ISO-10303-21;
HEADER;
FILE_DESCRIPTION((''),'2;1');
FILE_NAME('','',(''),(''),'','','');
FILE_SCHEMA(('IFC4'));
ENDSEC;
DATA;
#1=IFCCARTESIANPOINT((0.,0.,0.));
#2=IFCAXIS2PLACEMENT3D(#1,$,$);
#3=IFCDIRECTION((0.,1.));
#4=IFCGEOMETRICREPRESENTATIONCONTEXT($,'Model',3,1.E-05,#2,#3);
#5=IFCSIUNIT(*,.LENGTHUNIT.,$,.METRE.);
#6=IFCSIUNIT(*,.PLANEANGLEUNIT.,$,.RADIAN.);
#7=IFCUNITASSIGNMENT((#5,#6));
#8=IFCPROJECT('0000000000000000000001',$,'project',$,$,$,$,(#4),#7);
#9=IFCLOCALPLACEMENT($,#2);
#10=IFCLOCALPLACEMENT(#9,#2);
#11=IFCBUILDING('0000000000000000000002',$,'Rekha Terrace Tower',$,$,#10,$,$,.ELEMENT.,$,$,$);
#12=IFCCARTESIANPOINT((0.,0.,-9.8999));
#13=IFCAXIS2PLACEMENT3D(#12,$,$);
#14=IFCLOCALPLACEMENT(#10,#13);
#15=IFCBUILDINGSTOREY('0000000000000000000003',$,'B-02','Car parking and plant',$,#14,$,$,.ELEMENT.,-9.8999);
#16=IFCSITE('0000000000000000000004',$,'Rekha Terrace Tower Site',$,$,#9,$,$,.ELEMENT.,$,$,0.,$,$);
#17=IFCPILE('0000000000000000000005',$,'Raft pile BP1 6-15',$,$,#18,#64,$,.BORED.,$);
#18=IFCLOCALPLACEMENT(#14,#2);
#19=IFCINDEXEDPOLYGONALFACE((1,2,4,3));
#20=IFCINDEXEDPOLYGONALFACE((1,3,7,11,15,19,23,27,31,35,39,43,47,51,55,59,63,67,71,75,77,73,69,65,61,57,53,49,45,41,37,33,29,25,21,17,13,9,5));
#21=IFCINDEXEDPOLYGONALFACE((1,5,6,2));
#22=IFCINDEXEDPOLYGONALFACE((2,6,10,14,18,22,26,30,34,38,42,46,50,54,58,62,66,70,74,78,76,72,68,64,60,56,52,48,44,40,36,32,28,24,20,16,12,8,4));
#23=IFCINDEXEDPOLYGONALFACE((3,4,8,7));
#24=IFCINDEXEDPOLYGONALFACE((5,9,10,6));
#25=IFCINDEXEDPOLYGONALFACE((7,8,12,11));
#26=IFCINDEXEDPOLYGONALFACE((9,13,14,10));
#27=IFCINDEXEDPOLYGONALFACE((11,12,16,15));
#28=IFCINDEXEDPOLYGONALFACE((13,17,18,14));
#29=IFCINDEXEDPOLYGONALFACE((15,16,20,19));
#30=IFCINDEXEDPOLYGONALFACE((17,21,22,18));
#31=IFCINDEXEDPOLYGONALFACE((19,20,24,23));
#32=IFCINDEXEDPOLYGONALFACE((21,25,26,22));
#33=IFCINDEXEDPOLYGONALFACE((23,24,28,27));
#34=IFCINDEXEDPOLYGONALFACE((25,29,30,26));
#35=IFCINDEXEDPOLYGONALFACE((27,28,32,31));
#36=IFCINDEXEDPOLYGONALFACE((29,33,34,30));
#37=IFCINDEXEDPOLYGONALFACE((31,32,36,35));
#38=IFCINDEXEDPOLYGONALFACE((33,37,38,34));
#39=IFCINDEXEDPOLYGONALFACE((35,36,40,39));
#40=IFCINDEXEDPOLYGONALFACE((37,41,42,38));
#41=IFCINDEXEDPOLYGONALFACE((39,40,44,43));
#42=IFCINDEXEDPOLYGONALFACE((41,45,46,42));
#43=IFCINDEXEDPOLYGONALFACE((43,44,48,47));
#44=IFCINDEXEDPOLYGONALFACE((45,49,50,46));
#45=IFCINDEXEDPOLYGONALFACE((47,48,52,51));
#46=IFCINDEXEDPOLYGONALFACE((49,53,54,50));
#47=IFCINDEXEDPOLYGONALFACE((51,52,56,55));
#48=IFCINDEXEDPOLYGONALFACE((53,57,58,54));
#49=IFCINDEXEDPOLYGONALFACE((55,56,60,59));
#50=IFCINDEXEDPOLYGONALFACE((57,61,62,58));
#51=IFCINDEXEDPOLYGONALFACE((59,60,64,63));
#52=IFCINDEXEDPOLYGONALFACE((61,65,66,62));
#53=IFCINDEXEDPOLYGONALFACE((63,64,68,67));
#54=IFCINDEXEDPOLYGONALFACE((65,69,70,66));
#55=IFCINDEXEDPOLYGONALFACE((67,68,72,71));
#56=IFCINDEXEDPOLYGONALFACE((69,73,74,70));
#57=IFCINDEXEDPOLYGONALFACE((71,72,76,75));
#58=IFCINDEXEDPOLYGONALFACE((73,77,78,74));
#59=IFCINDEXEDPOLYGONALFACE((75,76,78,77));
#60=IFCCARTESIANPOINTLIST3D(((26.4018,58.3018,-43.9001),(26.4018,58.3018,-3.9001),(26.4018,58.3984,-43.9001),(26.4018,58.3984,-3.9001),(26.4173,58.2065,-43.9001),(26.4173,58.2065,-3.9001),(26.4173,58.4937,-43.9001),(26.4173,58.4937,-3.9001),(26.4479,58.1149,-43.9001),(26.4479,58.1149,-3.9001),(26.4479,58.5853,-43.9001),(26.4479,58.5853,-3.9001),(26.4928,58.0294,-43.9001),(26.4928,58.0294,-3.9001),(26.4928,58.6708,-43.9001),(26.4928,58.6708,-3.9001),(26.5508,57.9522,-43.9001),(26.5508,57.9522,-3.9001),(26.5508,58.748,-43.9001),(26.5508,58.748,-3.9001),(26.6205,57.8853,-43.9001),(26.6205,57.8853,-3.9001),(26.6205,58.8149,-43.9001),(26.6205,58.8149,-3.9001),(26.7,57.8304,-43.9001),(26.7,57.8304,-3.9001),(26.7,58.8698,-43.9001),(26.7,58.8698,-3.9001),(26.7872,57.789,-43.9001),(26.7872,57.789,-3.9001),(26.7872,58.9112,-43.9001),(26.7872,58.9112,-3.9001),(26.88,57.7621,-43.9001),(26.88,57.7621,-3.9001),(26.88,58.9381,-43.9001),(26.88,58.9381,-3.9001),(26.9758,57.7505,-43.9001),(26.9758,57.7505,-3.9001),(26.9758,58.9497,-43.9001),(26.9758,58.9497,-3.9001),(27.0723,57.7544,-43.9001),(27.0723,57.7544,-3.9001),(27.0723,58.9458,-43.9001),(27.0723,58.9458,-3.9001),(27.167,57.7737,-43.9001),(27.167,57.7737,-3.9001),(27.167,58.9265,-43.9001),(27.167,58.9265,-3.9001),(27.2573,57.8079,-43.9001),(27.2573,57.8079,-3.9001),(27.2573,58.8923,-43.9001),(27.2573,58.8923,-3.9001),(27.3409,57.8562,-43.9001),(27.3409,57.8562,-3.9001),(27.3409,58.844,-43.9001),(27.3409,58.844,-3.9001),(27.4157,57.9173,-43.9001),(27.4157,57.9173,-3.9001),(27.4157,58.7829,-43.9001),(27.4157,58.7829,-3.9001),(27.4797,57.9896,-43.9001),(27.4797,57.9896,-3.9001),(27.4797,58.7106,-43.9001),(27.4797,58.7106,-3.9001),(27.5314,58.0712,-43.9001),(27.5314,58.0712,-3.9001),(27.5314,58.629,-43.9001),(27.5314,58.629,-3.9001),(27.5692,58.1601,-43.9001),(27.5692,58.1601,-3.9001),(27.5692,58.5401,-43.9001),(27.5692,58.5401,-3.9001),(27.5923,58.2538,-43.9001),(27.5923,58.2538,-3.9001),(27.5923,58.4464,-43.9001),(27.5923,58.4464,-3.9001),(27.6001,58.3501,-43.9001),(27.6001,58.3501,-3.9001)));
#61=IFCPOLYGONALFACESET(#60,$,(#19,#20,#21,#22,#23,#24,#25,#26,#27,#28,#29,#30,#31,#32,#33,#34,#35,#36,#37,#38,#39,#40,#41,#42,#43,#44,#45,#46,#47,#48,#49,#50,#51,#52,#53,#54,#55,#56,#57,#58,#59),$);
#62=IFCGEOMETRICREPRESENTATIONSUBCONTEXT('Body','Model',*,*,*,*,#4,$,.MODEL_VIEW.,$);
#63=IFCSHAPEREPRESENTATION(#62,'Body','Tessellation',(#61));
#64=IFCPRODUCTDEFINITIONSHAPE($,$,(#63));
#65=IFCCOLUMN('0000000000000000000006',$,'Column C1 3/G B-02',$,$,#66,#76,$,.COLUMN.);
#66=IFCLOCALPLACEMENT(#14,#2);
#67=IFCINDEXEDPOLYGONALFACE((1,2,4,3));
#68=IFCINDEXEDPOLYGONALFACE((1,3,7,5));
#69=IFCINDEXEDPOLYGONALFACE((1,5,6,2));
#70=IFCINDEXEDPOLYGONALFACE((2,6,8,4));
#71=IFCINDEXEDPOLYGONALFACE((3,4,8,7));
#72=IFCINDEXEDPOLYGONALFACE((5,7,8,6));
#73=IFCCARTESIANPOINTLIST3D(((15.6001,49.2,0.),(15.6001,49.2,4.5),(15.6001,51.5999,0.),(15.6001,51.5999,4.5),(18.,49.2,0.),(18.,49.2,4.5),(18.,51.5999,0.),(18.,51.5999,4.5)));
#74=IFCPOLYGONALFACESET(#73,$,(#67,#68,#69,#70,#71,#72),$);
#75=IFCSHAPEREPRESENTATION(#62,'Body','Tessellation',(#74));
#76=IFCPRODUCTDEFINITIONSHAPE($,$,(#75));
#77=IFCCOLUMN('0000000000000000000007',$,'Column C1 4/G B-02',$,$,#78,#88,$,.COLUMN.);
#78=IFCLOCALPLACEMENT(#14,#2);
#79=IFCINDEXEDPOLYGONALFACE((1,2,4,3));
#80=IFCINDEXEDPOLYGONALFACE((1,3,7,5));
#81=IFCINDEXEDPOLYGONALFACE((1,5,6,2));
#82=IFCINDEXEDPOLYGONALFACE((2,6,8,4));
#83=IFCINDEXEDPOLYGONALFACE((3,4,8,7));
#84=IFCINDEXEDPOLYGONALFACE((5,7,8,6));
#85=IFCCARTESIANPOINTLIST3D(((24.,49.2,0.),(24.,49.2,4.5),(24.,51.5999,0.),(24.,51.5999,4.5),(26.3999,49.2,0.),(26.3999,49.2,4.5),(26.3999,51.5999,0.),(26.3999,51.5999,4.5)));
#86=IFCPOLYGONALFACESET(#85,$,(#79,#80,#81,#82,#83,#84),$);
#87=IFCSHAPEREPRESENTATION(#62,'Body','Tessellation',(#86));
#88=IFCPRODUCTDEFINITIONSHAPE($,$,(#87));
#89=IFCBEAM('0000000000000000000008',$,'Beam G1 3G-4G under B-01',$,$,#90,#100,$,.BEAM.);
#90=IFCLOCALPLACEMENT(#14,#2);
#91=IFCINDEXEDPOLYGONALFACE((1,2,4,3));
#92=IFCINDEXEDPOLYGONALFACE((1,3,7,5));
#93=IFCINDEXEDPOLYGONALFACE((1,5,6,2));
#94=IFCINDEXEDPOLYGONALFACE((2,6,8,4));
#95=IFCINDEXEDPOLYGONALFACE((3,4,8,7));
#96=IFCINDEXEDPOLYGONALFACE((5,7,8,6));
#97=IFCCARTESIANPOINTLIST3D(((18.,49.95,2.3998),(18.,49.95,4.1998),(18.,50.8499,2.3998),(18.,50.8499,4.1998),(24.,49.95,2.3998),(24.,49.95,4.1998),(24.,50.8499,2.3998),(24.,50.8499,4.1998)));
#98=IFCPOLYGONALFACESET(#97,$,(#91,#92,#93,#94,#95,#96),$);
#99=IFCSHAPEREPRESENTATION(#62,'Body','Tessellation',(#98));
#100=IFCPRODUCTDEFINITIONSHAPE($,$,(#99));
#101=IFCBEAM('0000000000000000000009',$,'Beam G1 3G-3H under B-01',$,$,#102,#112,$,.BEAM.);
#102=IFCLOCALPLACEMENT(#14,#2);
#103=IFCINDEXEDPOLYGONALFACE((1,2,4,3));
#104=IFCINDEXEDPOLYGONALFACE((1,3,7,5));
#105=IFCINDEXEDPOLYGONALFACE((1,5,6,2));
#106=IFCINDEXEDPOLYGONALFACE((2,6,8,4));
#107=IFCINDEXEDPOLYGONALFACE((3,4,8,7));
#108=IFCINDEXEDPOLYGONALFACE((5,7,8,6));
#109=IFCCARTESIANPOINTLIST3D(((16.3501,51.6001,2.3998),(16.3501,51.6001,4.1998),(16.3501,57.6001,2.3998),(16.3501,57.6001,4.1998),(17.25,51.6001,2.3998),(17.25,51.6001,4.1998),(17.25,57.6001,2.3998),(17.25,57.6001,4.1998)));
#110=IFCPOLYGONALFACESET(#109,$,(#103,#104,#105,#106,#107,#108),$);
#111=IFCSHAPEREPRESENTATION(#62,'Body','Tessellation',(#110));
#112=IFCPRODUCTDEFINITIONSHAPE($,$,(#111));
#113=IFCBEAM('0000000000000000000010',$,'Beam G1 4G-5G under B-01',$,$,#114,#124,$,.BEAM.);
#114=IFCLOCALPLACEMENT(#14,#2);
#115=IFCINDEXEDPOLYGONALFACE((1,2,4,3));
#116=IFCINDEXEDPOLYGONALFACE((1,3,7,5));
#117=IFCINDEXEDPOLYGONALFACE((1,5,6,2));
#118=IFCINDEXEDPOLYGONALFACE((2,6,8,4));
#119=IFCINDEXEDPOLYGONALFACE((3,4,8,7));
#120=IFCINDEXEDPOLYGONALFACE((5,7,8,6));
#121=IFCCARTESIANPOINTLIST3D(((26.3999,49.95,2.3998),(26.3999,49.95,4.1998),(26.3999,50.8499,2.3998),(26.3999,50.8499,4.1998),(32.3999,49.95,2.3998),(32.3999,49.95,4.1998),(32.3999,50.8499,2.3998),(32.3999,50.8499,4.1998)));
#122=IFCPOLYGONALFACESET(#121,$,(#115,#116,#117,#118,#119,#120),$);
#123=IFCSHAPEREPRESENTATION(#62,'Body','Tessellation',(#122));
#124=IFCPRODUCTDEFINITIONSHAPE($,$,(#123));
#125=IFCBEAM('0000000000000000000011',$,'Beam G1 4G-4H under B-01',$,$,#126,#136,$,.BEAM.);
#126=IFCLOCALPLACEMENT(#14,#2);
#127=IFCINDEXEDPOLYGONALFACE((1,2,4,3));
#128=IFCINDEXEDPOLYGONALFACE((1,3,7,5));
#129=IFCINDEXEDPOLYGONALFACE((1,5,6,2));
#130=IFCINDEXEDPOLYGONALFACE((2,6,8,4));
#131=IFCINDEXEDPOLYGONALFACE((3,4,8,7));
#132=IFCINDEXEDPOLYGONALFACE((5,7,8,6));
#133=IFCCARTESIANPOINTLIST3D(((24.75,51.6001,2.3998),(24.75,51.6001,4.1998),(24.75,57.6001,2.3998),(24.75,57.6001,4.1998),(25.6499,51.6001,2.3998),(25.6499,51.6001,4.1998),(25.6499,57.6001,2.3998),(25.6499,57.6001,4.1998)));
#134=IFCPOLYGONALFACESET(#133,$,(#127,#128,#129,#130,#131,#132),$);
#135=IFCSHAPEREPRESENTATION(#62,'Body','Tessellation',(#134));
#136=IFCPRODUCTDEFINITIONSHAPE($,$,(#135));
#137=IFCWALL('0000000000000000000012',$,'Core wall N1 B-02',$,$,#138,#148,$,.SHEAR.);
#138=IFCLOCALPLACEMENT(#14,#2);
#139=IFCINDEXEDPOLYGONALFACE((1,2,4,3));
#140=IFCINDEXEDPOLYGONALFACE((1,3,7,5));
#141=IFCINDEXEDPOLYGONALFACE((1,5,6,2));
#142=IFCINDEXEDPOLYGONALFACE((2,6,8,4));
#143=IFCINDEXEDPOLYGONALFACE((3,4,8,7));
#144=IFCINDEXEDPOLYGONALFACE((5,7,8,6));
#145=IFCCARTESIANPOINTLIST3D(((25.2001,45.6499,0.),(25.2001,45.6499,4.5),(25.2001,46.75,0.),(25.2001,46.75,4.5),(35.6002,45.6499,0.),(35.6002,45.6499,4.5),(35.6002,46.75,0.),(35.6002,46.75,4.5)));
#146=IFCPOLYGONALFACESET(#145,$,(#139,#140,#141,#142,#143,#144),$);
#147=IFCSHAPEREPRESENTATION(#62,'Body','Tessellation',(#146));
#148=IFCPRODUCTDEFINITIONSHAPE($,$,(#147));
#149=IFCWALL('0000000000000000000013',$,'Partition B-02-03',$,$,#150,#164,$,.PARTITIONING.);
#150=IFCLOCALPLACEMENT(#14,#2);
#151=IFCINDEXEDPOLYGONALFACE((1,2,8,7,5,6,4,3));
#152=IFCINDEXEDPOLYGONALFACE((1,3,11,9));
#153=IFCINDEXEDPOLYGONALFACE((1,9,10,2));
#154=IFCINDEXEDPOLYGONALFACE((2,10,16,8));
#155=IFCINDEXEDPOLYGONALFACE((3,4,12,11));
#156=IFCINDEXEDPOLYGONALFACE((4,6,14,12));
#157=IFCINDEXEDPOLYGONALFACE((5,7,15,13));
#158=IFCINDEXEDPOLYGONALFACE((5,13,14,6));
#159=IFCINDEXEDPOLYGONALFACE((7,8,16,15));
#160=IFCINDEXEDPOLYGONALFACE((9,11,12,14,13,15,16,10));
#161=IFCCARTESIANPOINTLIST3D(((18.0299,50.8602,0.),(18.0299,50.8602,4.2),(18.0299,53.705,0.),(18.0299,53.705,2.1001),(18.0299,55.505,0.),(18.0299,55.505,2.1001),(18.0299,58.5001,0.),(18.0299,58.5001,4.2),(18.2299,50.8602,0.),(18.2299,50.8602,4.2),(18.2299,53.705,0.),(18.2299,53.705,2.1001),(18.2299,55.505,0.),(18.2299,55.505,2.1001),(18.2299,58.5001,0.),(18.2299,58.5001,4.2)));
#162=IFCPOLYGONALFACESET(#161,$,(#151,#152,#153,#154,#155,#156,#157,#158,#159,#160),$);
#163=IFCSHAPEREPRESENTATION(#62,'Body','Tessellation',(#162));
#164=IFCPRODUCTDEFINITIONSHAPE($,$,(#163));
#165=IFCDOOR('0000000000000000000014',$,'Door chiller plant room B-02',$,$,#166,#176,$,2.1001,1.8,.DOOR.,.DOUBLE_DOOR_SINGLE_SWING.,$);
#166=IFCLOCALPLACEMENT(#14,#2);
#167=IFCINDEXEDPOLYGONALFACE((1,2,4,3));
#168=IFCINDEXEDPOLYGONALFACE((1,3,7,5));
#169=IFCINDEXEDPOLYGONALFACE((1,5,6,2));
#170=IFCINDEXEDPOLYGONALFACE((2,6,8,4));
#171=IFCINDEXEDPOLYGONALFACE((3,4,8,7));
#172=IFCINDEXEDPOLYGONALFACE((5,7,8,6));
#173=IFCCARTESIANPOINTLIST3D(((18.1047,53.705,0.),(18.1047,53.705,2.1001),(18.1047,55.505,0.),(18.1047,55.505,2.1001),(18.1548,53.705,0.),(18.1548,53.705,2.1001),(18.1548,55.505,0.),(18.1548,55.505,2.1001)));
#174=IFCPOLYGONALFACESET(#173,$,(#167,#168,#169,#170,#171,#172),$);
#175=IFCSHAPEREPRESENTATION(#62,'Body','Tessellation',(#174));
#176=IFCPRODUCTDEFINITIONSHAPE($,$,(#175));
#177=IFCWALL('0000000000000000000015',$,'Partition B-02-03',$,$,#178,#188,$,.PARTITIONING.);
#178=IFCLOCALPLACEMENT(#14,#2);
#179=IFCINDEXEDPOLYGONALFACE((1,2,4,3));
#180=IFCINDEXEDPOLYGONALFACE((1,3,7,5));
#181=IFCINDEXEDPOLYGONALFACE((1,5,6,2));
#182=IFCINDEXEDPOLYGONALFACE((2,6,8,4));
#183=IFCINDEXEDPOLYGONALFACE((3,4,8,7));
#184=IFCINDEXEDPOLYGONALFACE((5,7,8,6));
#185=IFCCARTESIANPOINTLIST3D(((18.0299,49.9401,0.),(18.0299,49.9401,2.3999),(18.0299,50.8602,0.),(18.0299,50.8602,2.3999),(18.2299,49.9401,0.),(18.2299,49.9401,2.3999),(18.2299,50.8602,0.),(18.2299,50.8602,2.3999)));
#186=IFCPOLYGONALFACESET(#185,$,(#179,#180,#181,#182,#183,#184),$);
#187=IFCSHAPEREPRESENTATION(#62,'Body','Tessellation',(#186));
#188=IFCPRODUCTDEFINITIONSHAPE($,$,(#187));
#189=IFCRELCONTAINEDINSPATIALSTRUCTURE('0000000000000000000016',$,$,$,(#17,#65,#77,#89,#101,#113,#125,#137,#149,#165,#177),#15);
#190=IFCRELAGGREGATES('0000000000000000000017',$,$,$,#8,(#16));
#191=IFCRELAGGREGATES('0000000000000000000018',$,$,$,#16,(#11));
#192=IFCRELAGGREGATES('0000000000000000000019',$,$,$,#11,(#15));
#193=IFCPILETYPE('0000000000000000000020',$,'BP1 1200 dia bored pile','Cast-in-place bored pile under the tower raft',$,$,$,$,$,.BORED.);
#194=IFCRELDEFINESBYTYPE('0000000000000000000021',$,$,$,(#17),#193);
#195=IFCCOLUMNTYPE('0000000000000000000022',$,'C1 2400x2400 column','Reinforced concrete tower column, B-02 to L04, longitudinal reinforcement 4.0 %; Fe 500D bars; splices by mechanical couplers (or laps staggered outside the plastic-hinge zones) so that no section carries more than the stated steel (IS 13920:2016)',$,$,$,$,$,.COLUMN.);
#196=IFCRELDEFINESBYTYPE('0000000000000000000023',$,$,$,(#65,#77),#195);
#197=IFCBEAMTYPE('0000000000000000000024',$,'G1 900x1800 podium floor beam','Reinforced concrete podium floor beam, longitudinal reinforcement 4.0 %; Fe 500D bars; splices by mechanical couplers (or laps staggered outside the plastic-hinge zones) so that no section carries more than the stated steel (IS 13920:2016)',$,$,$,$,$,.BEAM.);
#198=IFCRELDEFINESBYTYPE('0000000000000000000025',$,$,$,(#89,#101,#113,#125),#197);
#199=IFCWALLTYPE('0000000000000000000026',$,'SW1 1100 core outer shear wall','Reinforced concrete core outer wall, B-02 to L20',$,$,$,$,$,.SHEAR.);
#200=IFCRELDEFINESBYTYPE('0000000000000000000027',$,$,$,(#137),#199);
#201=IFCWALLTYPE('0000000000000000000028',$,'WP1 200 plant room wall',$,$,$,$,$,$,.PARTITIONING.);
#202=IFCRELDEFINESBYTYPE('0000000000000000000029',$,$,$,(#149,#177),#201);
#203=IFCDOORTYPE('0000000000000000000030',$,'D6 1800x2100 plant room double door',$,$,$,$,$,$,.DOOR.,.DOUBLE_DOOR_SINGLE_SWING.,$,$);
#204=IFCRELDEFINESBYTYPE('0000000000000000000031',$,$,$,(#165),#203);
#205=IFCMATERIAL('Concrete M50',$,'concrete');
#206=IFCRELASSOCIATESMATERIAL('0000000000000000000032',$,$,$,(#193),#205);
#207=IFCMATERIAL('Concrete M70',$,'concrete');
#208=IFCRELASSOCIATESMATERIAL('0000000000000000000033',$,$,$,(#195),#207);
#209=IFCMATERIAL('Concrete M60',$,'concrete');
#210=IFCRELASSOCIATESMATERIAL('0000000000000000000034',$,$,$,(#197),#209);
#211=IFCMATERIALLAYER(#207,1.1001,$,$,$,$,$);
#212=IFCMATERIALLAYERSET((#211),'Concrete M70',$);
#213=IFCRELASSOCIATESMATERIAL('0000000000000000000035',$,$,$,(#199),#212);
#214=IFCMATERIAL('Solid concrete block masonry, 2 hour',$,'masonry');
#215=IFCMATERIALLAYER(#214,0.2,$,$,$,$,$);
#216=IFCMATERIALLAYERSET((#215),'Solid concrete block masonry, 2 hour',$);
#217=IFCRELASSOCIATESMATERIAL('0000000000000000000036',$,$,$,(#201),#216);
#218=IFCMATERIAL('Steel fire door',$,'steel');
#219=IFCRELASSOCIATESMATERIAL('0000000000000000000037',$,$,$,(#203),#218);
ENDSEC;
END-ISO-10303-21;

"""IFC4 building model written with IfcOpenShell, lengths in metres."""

from ifc_helpers import new_model, si_unit, direction, frame, frame_2d, origin, origin_2d, place, context, subcontext, project, spatial, rectangle, circle, extrude, material, layer, layer_set, material_profile, profile_set, type_object, element, fill, save


model = new_model("IFC4")

# Units and contexts
model_context = context("Model", 3, precision=1e-05, world=origin(), true_north=direction((0.0, 1.0)))
body_context = subcontext(model_context, "Body", "Model", "MODEL_VIEW")
ifc_project = project(units=[si_unit("LENGTHUNIT", "METRE"), si_unit("PLANEANGLEUNIT", "RADIAN")], contexts=[model_context])

# Site, building, storey
site_placement = place(None, origin())
site = spatial("IfcSite", under=ifc_project, at=site_placement, Name="Rekha Terrace Tower Site", CompositionType="ELEMENT", RefElevation=0.0)
building_placement = place(site_placement, origin())
building = spatial("IfcBuilding", under=site, at=building_placement, Name="Rekha Terrace Tower", CompositionType="ELEMENT")
storey_placement = place(building_placement, frame((0.0, 0.0, -9.8999)))
storey = spatial("IfcBuildingStorey", under=building, at=storey_placement, Name="B-02", Description="Car parking and plant", CompositionType="ELEMENT", Elevation=-9.8999)

# Pile
ifc_material_1 = material(Name="Concrete M50", Category="concrete")
pile_type = type_object("IfcPileType", Name="BP1 1200 dia bored pile", Description="Cast-in-place bored pile under the tower raft", PredefinedType="BORED", material=ifc_material_1)
for number, where, z_axis, x_axis, name in (
    (1, (27.0, 58.3501, -3.9001), (0.0, 0.0, -1.0), (1.0, 0.0, 0.0), "Raft pile BP1 6-15"),
):
    element("IfcPile", number, at=place(storey_placement, frame(where, z_axis=z_axis, x_axis=x_axis)), inside=storey, type_object=pile_type, Name=name, PredefinedType="BORED", context=body_context, shape_type="SweptSolid", body=[
        extrude(circle(Radius=0.6001, at=origin_2d()), origin(), (0.0, 0.0, 1.0), 40.0),
    ])

# Columns
ifc_material_2 = material(Name="Concrete M70", Category="concrete")
ifc_material_profile_1 = material_profile(ifc_material_2, rectangle(XDim=2.3999, YDim=2.3999, at=origin_2d()), Name="RC 2400x2400")
ifc_profile_set_1 = profile_set([ifc_material_profile_1], Name="Concrete M70")
column_type = type_object("IfcColumnType", Name="C1 2400x2400 column", Description="Reinforced concrete tower column, B-02 to L04, longitudinal reinforcement 4.0 %; Fe 500D bars; splices by mechanical couplers (or laps staggered outside the plastic-hinge zones) so that no section carries more than the stated steel (IS 13920:2016)", PredefinedType="COLUMN", material=ifc_profile_set_1)
for number, where, z_axis, x_axis, name in (
    (2, (16.8, 50.3999, 0.0), (0.0, 0.0, 1.0), (1.0, 0.0, 0.0), "Column C1 3/G B-02"),
    (3, (25.2, 50.3999, 0.0), (0.0, 0.0, 1.0), (1.0, 0.0, 0.0), "Column C1 4/G B-02"),
):
    element("IfcColumn", number, at=place(storey_placement, frame(where, z_axis=z_axis, x_axis=x_axis)), inside=storey, type_object=column_type, Name=name, PredefinedType="COLUMN", context=body_context, shape_type="SweptSolid", body=[
        extrude(rectangle(XDim=2.3999, YDim=2.3999, at=origin_2d()), origin(), (0.0, 0.0, 1.0), 4.5),
    ])

# Beams
ifc_material_3 = material(Name="Concrete M60", Category="concrete")
ifc_material_profile_2 = material_profile(ifc_material_3, rectangle(XDim=0.8999, YDim=1.8, at=origin_2d()), Name="RC 900x1800")
ifc_profile_set_2 = profile_set([ifc_material_profile_2], Name="Concrete M60")
beam_type = type_object("IfcBeamType", Name="G1 900x1800 podium floor beam", Description="Reinforced concrete podium floor beam, longitudinal reinforcement 4.0 %; Fe 500D bars; splices by mechanical couplers (or laps staggered outside the plastic-hinge zones) so that no section carries more than the stated steel (IS 13920:2016)", PredefinedType="BEAM", material=ifc_profile_set_2)
for number, where, z_axis, x_axis, name in (
    (4, (18.0, 50.3999, 3.2998), (1.0, 0.0, 0.0), (0.0, 1.0, 0.0), "Beam G1 3G-4G under B-01"),
    (5, (16.8, 51.6001, 3.2998), (0.0, 1.0, 0.0), (-1.0, 0.0, 0.0), "Beam G1 3G-3H under B-01"),
    (6, (26.3999, 50.3999, 3.2998), (1.0, 0.0, 0.0), (0.0, 1.0, 0.0), "Beam G1 4G-5G under B-01"),
    (7, (25.2, 51.6001, 3.2998), (0.0, 1.0, 0.0), (-1.0, 0.0, 0.0), "Beam G1 4G-4H under B-01"),
):
    element("IfcBeam", number, at=place(storey_placement, frame(where, z_axis=z_axis, x_axis=x_axis)), inside=storey, type_object=beam_type, Name=name, PredefinedType="BEAM", context=body_context, shape_type="SweptSolid", body=[
        extrude(rectangle(XDim=0.8999, YDim=1.8, at=origin_2d()), origin(), (0.0, 0.0, 1.0), 6.0),
    ])

# Wall
ifc_layer_1 = layer(ifc_material_2, 1.1001)
ifc_layer_set_1 = layer_set([ifc_layer_1], Name="Concrete M70")
wall_type_1 = type_object("IfcWallType", Name="SW1 1100 core outer shear wall", Description="Reinforced concrete core outer wall, B-02 to L20", PredefinedType="SHEAR", material=ifc_layer_set_1)
wall_1_placement = place(storey_placement, frame((25.2, 46.2, 0.0), z_axis=(0.0, 0.0, 1.0), x_axis=(1.0, 0.0, 0.0)))
element("IfcWall", 8, at=wall_1_placement, inside=storey, type_object=wall_type_1, Name="Core wall N1 B-02", PredefinedType="SHEAR", context=body_context, shape_type="SweptSolid", body=[
    extrude(rectangle(XDim=10.4001, YDim=1.1001, at=frame_2d((5.2002, 0.0))), origin(), (0.0, 0.0, 1.0), 4.5),
])

# Wall, opening, door
ifc_material_4 = material(Name="Solid concrete block masonry, 2 hour", Category="masonry")
ifc_layer_2 = layer(ifc_material_4, 0.2)
ifc_layer_set_2 = layer_set([ifc_layer_2], Name="Solid concrete block masonry, 2 hour")
wall_type_2 = type_object("IfcWallType", Name="WP1 200 plant room wall", PredefinedType="PARTITIONING", material=ifc_layer_set_2)
wall_2_placement = place(storey_placement, frame((18.1299, 58.5, 0.0), z_axis=(0.0, 0.0, 1.0), x_axis=(0.0, -1.0, 0.0)))
wall_2 = element("IfcWall", 9, at=wall_2_placement, inside=storey, type_object=wall_type_2, Name="Partition B-02-03", PredefinedType="PARTITIONING", context=body_context, shape_type="SweptSolid", body=[
    extrude(rectangle(XDim=7.6399, YDim=0.2, at=frame_2d((3.8198, 0.0))), origin(), (0.0, 0.0, 1.0), 4.2),
])
opening_1_placement = place(wall_2_placement, frame((2.9951, 0.0, 0.0)))
opening_1 = element("IfcOpeningElement", 10, at=opening_1_placement, cuts=wall_2, PredefinedType="OPENING", context=body_context, shape_type="SweptSolid", body=[
    extrude(rectangle(XDim=1.8, YDim=2.1001, at=frame_2d((0.8999, 1.05))), frame((0.0, 0.1099, 0.0), z_axis=(0.0, -1.0, 0.0), x_axis=(1.0, 0.0, 0.0)), (0.0, 0.0, 1.0), 0.22),
])
ifc_material_5 = material(Name="Steel fire door", Category="steel")
door_type_1 = type_object("IfcDoorType", Name="D6 1800x2100 plant room double door", OperationType="DOUBLE_DOOR_SINGLE_SWING", PredefinedType="DOOR", material=ifc_material_5)
door_1_placement = place(opening_1_placement, origin())
door_1 = element("IfcDoor", 11, at=door_1_placement, inside=storey, type_object=door_type_1, Name="Door chiller plant room B-02", OperationType="DOUBLE_DOOR_SINGLE_SWING", OverallHeight=2.1001, OverallWidth=1.8, PredefinedType="DOOR", context=body_context, shape_type="SweptSolid", body=[
    extrude(rectangle(XDim=1.8, YDim=2.1001, at=frame_2d((0.8999, 1.05))), frame((0.0, 0.0249, 0.0), z_axis=(0.0, -1.0, 0.0), x_axis=(1.0, 0.0, 0.0)), (0.0, 0.0, 1.0), 0.05),
])
fill(opening_1, door_1)

# Wall
wall_3_placement = place(storey_placement, frame((18.1299, 50.8601, 0.0), z_axis=(0.0, 0.0, 1.0), x_axis=(0.0, -1.0, 0.0)))
element("IfcWall", 12, at=wall_3_placement, inside=storey, type_object=wall_type_2, Name="Partition B-02-03", PredefinedType="PARTITIONING", context=body_context, shape_type="SweptSolid", body=[
    extrude(rectangle(XDim=0.9202, YDim=0.2, at=frame_2d((0.46, 0.0))), origin(), (0.0, 0.0, 1.0), 2.3999),
])

save(model, "model.ifc")
